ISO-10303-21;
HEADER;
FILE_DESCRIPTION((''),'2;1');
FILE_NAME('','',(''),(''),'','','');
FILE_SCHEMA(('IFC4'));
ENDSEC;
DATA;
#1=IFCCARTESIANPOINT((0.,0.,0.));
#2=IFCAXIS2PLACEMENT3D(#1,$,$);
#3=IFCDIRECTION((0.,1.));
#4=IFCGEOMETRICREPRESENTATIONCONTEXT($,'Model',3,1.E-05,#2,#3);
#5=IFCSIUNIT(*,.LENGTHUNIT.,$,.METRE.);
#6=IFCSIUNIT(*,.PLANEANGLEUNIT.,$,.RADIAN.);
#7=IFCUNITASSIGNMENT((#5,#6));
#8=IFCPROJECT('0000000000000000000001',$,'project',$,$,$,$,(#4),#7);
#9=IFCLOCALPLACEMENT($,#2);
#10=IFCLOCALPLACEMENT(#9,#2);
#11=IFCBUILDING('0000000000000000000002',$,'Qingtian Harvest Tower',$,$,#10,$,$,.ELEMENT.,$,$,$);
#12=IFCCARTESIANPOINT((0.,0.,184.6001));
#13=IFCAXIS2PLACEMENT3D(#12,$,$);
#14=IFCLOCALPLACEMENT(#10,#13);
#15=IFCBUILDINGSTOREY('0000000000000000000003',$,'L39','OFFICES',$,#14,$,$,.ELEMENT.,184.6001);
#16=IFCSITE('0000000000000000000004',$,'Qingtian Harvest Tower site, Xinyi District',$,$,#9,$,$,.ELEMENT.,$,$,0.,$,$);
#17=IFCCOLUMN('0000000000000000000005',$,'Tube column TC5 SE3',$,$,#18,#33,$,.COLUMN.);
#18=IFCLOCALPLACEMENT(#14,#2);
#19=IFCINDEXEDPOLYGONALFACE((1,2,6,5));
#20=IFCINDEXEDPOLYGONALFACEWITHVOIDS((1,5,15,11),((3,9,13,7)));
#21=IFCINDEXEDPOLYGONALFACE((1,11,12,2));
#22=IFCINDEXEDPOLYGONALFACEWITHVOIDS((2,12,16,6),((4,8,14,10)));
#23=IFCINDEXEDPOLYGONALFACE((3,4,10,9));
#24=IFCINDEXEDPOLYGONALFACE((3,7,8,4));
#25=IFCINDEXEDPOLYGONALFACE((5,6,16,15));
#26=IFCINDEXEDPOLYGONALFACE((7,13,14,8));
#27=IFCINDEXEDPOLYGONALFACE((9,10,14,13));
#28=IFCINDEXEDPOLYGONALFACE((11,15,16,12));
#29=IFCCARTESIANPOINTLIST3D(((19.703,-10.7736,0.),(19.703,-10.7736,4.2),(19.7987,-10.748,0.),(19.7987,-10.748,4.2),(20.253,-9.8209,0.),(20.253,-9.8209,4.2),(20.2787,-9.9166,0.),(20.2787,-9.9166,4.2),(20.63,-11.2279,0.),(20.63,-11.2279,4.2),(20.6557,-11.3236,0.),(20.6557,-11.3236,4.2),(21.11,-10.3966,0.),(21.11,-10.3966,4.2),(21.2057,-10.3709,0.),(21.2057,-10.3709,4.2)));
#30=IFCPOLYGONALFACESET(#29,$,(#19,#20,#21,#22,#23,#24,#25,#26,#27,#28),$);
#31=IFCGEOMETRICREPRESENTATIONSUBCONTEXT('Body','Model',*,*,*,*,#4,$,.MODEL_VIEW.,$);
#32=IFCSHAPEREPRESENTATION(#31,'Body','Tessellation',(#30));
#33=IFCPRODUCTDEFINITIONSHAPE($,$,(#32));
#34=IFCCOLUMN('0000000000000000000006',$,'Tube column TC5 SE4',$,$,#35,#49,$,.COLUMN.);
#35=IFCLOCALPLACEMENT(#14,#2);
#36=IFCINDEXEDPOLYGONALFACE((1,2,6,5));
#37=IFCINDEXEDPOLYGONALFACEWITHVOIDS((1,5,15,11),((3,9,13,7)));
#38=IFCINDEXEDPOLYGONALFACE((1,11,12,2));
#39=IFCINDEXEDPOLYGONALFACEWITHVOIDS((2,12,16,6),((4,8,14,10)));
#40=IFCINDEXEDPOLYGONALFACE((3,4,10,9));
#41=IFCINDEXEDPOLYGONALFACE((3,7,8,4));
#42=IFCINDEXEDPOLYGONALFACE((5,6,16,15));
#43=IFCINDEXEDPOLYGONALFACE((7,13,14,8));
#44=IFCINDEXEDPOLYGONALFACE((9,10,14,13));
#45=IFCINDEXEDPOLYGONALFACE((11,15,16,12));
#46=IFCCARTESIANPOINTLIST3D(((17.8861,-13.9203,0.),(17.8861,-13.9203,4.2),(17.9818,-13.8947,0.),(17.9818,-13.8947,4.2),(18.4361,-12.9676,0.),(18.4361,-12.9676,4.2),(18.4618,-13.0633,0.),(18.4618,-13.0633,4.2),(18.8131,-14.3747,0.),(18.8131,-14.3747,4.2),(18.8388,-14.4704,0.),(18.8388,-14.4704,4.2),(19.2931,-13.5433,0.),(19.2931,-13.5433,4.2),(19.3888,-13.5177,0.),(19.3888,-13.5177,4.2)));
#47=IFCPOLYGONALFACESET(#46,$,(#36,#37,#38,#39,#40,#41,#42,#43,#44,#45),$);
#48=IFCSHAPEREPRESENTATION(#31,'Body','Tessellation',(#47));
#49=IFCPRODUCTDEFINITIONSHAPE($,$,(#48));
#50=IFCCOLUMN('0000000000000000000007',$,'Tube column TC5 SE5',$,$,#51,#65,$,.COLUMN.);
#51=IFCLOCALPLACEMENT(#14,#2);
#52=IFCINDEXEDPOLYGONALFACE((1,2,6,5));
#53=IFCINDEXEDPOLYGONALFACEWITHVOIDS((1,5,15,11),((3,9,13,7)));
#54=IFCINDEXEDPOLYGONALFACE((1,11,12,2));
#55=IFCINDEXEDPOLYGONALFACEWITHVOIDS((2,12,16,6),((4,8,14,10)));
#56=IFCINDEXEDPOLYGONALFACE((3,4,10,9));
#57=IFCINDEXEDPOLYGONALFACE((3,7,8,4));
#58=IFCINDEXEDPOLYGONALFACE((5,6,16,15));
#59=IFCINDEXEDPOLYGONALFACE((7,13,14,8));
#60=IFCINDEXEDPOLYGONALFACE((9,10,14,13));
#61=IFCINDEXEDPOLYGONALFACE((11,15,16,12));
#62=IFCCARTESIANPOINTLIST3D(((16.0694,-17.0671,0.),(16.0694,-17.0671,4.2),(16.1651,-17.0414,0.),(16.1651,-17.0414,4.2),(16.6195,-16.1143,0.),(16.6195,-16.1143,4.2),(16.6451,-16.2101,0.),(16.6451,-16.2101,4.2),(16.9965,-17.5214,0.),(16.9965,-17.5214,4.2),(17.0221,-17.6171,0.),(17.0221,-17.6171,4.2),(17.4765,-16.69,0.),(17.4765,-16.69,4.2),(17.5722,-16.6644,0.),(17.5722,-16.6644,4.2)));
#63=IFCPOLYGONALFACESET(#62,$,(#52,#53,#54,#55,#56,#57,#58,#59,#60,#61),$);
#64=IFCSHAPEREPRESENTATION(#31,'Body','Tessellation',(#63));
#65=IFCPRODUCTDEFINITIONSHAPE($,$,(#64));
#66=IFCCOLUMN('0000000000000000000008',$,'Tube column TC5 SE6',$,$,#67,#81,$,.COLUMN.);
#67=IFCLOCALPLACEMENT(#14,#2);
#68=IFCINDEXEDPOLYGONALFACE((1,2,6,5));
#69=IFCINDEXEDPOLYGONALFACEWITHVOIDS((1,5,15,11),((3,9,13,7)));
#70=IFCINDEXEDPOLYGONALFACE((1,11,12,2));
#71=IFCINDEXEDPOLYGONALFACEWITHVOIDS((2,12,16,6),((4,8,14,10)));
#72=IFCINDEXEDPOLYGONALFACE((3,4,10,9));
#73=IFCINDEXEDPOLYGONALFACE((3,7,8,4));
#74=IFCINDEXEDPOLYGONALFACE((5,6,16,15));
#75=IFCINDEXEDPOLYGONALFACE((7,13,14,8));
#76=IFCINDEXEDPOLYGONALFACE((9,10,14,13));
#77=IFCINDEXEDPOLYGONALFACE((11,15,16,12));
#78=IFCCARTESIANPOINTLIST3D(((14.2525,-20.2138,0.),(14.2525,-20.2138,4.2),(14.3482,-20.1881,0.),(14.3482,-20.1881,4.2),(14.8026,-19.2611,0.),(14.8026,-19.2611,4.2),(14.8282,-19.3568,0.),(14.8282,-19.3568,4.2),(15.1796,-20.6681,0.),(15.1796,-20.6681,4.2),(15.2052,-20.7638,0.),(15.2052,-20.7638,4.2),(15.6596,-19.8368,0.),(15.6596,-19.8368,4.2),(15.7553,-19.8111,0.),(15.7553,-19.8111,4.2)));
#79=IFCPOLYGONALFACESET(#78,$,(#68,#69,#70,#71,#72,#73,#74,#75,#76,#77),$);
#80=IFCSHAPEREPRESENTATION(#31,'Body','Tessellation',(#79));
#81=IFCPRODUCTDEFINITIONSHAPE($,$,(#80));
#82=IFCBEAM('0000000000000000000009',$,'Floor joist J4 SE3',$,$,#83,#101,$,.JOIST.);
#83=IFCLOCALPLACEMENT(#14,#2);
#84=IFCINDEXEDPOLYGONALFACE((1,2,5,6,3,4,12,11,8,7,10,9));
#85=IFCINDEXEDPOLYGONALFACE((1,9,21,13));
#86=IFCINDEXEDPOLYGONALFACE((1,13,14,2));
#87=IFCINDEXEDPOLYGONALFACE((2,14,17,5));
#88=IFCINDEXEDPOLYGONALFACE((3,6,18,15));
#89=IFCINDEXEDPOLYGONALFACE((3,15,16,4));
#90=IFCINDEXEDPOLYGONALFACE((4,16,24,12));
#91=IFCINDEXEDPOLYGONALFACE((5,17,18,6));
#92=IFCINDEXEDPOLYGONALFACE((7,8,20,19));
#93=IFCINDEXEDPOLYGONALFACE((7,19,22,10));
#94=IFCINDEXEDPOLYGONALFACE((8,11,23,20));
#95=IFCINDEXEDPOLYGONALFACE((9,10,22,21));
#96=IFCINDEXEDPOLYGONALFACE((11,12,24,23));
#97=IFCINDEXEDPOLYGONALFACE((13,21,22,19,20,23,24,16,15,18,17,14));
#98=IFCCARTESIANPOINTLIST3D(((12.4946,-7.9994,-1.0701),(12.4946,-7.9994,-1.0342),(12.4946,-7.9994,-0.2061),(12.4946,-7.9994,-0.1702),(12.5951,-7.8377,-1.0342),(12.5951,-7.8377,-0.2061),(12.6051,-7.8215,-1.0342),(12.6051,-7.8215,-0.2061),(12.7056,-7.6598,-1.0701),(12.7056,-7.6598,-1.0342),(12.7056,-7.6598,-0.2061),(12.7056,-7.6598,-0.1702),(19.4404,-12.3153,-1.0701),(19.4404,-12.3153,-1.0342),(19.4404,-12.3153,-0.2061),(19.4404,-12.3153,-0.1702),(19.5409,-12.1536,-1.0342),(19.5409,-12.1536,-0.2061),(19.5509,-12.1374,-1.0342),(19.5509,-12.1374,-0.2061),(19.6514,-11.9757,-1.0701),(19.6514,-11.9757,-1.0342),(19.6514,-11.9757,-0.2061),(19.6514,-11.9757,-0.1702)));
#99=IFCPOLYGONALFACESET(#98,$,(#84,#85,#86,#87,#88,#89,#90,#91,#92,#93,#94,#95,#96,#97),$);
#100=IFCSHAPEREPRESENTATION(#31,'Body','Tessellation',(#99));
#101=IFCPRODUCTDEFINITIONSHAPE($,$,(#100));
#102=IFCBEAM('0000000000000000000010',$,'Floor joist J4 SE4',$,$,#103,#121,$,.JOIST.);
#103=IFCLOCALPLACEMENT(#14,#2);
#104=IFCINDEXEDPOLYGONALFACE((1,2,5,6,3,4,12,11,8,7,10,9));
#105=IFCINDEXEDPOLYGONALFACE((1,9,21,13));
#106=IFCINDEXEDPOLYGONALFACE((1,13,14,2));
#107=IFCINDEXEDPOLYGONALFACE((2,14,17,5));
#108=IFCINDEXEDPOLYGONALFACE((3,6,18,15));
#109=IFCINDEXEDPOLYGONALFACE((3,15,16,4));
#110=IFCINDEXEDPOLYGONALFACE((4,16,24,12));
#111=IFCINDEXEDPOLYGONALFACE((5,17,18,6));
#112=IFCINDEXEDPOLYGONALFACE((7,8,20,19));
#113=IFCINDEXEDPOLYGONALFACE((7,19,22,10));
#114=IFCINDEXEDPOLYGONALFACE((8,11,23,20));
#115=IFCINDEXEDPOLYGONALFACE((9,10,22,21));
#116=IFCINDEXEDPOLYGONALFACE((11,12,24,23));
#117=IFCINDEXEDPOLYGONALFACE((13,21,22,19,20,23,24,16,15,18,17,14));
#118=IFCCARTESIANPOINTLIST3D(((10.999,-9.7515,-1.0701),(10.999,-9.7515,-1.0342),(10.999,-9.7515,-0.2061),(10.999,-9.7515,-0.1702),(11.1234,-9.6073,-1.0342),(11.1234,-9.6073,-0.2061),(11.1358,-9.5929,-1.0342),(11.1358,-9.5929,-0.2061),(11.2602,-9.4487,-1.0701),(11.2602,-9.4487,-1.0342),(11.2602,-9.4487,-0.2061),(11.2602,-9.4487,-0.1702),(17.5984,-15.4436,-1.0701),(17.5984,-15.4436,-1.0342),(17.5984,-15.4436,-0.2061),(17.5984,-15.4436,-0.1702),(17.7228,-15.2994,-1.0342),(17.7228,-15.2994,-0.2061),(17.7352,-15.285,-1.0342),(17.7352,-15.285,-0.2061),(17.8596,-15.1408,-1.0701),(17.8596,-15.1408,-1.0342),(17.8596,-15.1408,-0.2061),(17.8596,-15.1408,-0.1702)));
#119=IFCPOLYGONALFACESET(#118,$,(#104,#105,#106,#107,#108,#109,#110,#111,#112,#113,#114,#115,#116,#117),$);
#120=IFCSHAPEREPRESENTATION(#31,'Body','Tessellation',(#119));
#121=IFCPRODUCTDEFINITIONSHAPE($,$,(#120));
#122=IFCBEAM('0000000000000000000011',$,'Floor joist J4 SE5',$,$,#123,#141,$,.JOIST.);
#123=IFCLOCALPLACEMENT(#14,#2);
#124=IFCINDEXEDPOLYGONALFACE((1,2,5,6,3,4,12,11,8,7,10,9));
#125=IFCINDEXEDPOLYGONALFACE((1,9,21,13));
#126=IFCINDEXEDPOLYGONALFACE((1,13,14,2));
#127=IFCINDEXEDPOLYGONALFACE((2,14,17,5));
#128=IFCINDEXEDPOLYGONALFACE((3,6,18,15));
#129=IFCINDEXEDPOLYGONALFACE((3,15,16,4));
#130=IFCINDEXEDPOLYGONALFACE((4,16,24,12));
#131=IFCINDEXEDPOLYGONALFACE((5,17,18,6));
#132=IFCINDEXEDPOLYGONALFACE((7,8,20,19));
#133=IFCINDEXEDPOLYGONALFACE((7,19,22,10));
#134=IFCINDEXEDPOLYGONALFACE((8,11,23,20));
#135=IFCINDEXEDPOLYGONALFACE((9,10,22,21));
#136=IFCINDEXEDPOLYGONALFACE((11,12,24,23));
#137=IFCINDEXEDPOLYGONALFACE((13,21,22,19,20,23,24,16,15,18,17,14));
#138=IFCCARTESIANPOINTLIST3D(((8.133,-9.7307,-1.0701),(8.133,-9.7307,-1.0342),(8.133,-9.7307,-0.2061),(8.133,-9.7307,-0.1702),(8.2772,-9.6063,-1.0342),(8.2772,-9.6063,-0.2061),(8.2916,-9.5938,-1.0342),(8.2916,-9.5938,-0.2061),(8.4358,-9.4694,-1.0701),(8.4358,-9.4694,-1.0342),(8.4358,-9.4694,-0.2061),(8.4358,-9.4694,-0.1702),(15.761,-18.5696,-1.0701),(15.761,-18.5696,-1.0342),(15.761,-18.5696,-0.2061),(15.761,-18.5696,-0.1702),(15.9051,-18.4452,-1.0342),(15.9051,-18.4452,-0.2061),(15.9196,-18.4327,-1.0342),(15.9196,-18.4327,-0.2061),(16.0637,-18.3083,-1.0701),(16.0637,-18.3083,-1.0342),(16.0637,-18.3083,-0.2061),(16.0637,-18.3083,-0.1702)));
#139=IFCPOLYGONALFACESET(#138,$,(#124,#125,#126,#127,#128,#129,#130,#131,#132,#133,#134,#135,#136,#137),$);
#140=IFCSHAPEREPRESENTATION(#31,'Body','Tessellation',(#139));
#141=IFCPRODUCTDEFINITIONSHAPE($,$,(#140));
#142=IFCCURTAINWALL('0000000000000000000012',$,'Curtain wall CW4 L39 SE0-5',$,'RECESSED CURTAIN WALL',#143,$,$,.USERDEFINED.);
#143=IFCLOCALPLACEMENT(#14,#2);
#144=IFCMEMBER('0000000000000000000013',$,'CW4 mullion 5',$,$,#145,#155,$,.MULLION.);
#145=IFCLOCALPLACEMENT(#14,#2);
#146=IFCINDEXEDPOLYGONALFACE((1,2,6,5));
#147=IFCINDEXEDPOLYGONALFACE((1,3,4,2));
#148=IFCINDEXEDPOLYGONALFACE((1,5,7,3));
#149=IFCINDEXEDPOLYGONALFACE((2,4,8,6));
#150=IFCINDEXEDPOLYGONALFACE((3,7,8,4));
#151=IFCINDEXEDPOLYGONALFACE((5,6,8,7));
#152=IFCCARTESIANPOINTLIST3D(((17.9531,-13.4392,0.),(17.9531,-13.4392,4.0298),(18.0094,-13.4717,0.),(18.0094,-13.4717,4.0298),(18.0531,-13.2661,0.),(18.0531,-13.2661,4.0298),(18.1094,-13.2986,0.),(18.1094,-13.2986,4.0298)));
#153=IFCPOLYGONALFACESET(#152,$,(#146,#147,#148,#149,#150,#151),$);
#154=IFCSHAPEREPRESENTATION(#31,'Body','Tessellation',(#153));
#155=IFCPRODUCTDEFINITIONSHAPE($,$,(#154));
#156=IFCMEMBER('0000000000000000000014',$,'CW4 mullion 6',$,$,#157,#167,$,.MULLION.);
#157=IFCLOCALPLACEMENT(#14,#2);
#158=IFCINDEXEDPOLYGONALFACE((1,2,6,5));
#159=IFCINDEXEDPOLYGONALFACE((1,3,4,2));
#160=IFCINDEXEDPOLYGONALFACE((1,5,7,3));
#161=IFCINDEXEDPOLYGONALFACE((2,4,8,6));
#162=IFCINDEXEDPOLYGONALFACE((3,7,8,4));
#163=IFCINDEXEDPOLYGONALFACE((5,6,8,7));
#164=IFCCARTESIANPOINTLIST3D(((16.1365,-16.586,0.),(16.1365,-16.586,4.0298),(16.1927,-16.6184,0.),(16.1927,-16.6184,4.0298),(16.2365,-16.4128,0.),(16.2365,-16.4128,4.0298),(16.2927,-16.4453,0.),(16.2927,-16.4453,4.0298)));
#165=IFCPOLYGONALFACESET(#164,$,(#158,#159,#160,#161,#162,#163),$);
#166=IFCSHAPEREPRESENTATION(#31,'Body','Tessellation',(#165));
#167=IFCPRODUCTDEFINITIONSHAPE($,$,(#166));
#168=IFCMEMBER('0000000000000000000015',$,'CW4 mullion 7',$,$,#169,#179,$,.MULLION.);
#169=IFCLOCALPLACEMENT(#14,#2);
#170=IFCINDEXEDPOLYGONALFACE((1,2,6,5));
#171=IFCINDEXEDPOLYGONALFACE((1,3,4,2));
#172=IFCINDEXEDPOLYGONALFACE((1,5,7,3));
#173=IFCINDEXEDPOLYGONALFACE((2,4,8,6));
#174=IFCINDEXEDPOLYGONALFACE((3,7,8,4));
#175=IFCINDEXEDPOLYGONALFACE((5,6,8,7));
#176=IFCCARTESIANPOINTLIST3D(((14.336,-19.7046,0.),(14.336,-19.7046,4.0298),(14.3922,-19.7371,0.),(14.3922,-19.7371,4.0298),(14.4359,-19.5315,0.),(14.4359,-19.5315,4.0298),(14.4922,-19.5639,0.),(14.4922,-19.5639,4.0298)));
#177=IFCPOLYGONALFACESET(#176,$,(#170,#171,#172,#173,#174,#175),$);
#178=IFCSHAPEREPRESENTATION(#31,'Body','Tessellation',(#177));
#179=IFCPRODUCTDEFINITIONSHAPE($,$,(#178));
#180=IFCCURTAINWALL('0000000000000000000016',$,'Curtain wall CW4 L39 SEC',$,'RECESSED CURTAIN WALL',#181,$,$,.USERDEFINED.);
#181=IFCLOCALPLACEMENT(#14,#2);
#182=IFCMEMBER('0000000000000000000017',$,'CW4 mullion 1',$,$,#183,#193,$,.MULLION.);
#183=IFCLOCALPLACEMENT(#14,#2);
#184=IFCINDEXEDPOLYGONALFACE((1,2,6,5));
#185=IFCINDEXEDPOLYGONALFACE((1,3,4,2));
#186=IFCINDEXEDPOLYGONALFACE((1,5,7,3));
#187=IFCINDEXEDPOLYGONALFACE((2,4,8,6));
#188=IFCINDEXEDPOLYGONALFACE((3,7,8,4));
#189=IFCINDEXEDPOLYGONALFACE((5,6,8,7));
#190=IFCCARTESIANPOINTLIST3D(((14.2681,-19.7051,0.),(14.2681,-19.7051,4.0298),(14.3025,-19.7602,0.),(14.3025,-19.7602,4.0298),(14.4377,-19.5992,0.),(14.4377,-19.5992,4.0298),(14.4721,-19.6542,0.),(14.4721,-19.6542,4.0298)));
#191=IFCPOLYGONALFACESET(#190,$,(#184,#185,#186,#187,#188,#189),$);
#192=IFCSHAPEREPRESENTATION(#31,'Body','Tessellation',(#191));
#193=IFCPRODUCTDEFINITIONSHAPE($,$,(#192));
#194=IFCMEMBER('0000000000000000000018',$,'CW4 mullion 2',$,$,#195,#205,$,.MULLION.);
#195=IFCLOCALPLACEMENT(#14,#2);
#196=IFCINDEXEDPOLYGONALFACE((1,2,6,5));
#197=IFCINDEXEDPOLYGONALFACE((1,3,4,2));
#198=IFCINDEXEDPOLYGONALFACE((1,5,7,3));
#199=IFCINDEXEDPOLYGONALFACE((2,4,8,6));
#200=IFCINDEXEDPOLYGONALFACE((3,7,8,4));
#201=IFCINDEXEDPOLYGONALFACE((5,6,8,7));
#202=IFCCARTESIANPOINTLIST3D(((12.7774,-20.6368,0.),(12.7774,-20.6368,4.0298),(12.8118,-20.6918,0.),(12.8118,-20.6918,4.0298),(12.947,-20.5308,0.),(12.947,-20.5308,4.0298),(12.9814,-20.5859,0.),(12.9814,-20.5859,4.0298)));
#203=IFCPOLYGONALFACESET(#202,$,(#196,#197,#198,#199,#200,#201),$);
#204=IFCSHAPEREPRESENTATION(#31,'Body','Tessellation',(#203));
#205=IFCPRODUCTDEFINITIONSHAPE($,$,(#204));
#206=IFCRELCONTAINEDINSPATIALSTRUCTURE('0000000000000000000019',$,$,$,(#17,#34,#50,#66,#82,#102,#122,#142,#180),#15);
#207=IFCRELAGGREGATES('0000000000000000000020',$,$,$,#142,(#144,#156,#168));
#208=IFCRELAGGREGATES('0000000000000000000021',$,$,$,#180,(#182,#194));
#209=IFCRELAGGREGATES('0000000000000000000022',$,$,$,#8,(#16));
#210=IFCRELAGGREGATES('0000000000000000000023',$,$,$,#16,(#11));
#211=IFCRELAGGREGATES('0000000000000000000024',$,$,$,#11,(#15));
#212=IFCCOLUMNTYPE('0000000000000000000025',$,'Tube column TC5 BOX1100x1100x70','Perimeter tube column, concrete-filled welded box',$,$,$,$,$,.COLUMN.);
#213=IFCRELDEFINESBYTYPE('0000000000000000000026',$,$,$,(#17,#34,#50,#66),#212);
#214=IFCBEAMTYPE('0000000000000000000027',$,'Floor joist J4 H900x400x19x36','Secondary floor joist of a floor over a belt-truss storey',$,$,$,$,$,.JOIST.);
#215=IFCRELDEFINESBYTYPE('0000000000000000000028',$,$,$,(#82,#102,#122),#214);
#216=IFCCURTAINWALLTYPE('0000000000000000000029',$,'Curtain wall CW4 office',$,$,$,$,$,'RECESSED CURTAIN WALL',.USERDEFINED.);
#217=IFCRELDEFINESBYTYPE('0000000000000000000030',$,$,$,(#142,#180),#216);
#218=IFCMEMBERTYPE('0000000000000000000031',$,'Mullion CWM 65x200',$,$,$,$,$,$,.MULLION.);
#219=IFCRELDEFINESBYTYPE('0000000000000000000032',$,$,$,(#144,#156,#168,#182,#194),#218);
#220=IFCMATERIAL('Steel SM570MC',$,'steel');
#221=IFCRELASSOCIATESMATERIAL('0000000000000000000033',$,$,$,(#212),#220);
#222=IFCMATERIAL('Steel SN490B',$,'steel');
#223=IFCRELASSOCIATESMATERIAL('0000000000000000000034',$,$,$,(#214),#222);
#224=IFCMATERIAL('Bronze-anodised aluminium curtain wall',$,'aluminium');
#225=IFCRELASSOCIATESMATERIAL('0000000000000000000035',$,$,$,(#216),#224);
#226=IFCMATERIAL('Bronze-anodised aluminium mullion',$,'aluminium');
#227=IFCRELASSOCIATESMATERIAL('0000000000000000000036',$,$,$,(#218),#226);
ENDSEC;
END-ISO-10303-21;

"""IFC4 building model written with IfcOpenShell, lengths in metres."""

from ifc_helpers import new_model, si_unit, direction, frame, origin, origin_2d, place, context, subcontext, project, spatial, rectangle, hollow_rectangle, i_section, extrude, material, material_profile, profile_set, type_object, element, aggregate, save


model = new_model("IFC4")

# Units and contexts
model_context = context("Model", 3, precision=1e-05, world=origin(), true_north=direction((0.0, 1.0)))
body_context = subcontext(model_context, "Body", "Model", "MODEL_VIEW")
ifc_project = project(units=[si_unit("LENGTHUNIT", "METRE"), si_unit("PLANEANGLEUNIT", "RADIAN")], contexts=[model_context])

# Site, building, storey
site_placement = place(None, origin())
site = spatial("IfcSite", under=ifc_project, at=site_placement, Name="Qingtian Harvest Tower site, Xinyi District", CompositionType="ELEMENT", RefElevation=0.0)
building_placement = place(site_placement, origin())
building = spatial("IfcBuilding", under=site, at=building_placement, Name="Qingtian Harvest Tower", CompositionType="ELEMENT")
storey_placement = place(building_placement, frame((0.0, 0.0, 184.6001)))
storey = spatial("IfcBuildingStorey", under=building, at=storey_placement, Name="L39", Description="OFFICES", CompositionType="ELEMENT", Elevation=184.6001)

# Columns
ifc_material_1 = material(Name="Steel SM570MC", Category="steel")
ifc_material_profile_1 = material_profile(ifc_material_1, hollow_rectangle(XDim=1.1001, YDim=1.1001, WallThickness=0.0701, at=origin_2d()), Name="BOX1100x1100x70")
ifc_profile_set_1 = profile_set([ifc_material_profile_1], Name="Steel SM570MC")
column_type = type_object("IfcColumnType", Name="Tube column TC5 BOX1100x1100x70", Description="Perimeter tube column, concrete-filled welded box", PredefinedType="COLUMN", material=ifc_profile_set_1)
for number, where, z_axis, x_axis, name in (
    (1, (20.4543, -10.5723, 0.0), (0.0, 0.0, 1.0), (0.5, 0.866025, 0.0), "Tube column TC5 SE3"),
    (2, (18.6375, -13.719, 0.0), (0.0, 0.0, 1.0), (0.5, 0.866025, 0.0), "Tube column TC5 SE4"),
    (3, (16.8208, -16.8657, 0.0), (0.0, 0.0, 1.0), (0.5, 0.866025, 0.0), "Tube column TC5 SE5"),
    (4, (15.0039, -20.0125, 0.0), (0.0, 0.0, 1.0), (0.5, 0.866025, 0.0), "Tube column TC5 SE6"),
):
    element("IfcColumn", number, at=place(storey_placement, frame(where, z_axis=z_axis, x_axis=x_axis)), inside=storey, type_object=column_type, Name=name, PredefinedType="COLUMN", context=body_context, shape_type="SweptSolid", body=[
        extrude(hollow_rectangle(XDim=1.1001, YDim=1.1001, WallThickness=0.0701, at=origin_2d()), origin(), (0.0, 0.0, 1.0), 4.2),
    ])

# Beams
ifc_material_2 = material(Name="Steel SN490B", Category="steel")
ifc_material_profile_2 = material_profile(ifc_material_2, i_section(OverallWidth=0.3999, OverallDepth=0.8999, WebThickness=0.019, FlangeThickness=0.0359, at=origin_2d()), Name="H900x400x19x36")
ifc_profile_set_2 = profile_set([ifc_material_profile_2], Name="Steel SN490B")
beam_type_1 = type_object("IfcBeamType", Name="Floor joist J4 H900x400x19x36", Description="Secondary floor joist of a floor over a belt-truss storey", PredefinedType="JOIST", material=ifc_profile_set_2)
beam_1_placement = place(storey_placement, frame((19.5459, -12.1455, -0.6201), z_axis=(-0.849381, 0.52778, 0.0), x_axis=(-0.52778, -0.849381, 0.0)))
element("IfcBeam", 5, at=beam_1_placement, inside=storey, type_object=beam_type_1, Name="Floor joist J4 SE3", PredefinedType="JOIST", context=body_context, shape_type="SweptSolid", body=[
    extrude(i_section(OverallWidth=0.3999, OverallDepth=0.8999, WebThickness=0.019, FlangeThickness=0.0359, at=origin_2d()), origin(), (0.0, 0.0, 1.0), 8.1775),
])
beam_2_placement = place(storey_placement, frame((17.729, -15.2922, -0.6201), z_axis=(-0.757238, 0.653139, 0.0), x_axis=(-0.653139, -0.757238, 0.0)))
element("IfcBeam", 6, at=beam_2_placement, inside=storey, type_object=beam_type_1, Name="Floor joist J4 SE4", PredefinedType="JOIST", context=body_context, shape_type="SweptSolid", body=[
    extrude(i_section(OverallWidth=0.3999, OverallDepth=0.8999, WebThickness=0.019, FlangeThickness=0.0359, at=origin_2d()), origin(), (0.0, 0.0, 1.0), 8.7151),
])
beam_3_placement = place(storey_placement, frame((15.9124, -18.439, -0.6201), z_axis=(-0.653343, 0.757062, 0.0), x_axis=(-0.757062, -0.653343, 0.0)))
element("IfcBeam", 7, at=beam_3_placement, inside=storey, type_object=beam_type_1, Name="Floor joist J4 SE5", PredefinedType="JOIST", context=body_context, shape_type="SweptSolid", body=[
    extrude(i_section(OverallWidth=0.3999, OverallDepth=0.8999, WebThickness=0.019, FlangeThickness=0.0359, at=origin_2d()), origin(), (0.0, 0.0, 1.0), 11.6753),
])

# Curtain walls, members
ifc_material_3 = material(Name="Bronze-anodised aluminium curtain wall", Category="aluminium")
curtain_wall_type = type_object("IfcCurtainWallType", Name="Curtain wall CW4 office", ElementType="RECESSED CURTAIN WALL", PredefinedType="USERDEFINED", material=ifc_material_3)
curtain_wall_1_placement = place(storey_placement, origin())
curtain_wall_1 = element("IfcCurtainWall", 8, at=curtain_wall_1_placement, inside=storey, type_object=curtain_wall_type, Name="Curtain wall CW4 L39 SE0-5", ObjectType="RECESSED CURTAIN WALL", PredefinedType="USERDEFINED")
ifc_material_4 = material(Name="Bronze-anodised aluminium mullion", Category="aluminium")
ifc_material_profile_3 = material_profile(ifc_material_4, rectangle(XDim=0.0649, YDim=0.2, at=origin_2d()), Name="AL 65x200")
ifc_profile_set_3 = profile_set([ifc_material_profile_3], Name="Bronze-anodised aluminium mullion")
member_type_1 = type_object("IfcMemberType", Name="Mullion CWM 65x200", PredefinedType="MULLION", material=ifc_profile_set_3)
member_1_placement = place(storey_placement, frame((18.0312, -13.3689, 0.0), z_axis=(0.0, 0.0, 1.0), x_axis=(0.866025, -0.5, 0.0)))
member_1 = element("IfcMember", 9, at=member_1_placement, type_object=member_type_1, Name="CW4 mullion 5", PredefinedType="MULLION", context=body_context, shape_type="SweptSolid", body=[
    extrude(rectangle(XDim=0.0649, YDim=0.2, at=origin_2d()), origin(), (0.0, 0.0, 1.0), 4.0298),
])
member_2_placement = place(storey_placement, frame((16.2146, -16.5156, 0.0), z_axis=(0.0, 0.0, 1.0), x_axis=(0.866025, -0.5, 0.0)))
member_2 = element("IfcMember", 10, at=member_2_placement, type_object=member_type_1, Name="CW4 mullion 6", PredefinedType="MULLION", context=body_context, shape_type="SweptSolid", body=[
    extrude(rectangle(XDim=0.0649, YDim=0.2, at=origin_2d()), origin(), (0.0, 0.0, 1.0), 4.0298),
])
member_3_placement = place(storey_placement, frame((14.4141, -19.6343, 0.0), z_axis=(0.0, 0.0, 1.0), x_axis=(0.866025, -0.5, 0.0)))
member_3 = element("IfcMember", 11, at=member_3_placement, type_object=member_type_1, Name="CW4 mullion 7", PredefinedType="MULLION", context=body_context, shape_type="SweptSolid", body=[
    extrude(rectangle(XDim=0.0649, YDim=0.2, at=origin_2d()), origin(), (0.0, 0.0, 1.0), 4.0298),
])
curtain_wall_2_placement = place(storey_placement, origin())
curtain_wall_2 = element("IfcCurtainWall", 12, at=curtain_wall_2_placement, inside=storey, type_object=curtain_wall_type, Name="Curtain wall CW4 L39 SEC", ObjectType="RECESSED CURTAIN WALL", PredefinedType="USERDEFINED")
member_4_placement = place(storey_placement, frame((14.3701, -19.6797, 0.0), z_axis=(0.0, 0.0, 1.0), x_axis=(0.529919, -0.848048, 0.0)))
member_4 = element("IfcMember", 13, at=member_4_placement, type_object=member_type_1, Name="CW4 mullion 1", PredefinedType="MULLION", context=body_context, shape_type="SweptSolid", body=[
    extrude(rectangle(XDim=0.0649, YDim=0.2, at=origin_2d()), origin(), (0.0, 0.0, 1.0), 4.0298),
])
member_5_placement = place(storey_placement, frame((12.8794, -20.6113, 0.0), z_axis=(0.0, 0.0, 1.0), x_axis=(0.529919, -0.848048, 0.0)))
member_5 = element("IfcMember", 14, at=member_5_placement, type_object=member_type_1, Name="CW4 mullion 2", PredefinedType="MULLION", context=body_context, shape_type="SweptSolid", body=[
    extrude(rectangle(XDim=0.0649, YDim=0.2, at=origin_2d()), origin(), (0.0, 0.0, 1.0), 4.0298),
])

aggregate(curtain_wall_1, [member_1, member_2, member_3])
aggregate(curtain_wall_2, [member_4, member_5])

save(model, "model.ifc")
